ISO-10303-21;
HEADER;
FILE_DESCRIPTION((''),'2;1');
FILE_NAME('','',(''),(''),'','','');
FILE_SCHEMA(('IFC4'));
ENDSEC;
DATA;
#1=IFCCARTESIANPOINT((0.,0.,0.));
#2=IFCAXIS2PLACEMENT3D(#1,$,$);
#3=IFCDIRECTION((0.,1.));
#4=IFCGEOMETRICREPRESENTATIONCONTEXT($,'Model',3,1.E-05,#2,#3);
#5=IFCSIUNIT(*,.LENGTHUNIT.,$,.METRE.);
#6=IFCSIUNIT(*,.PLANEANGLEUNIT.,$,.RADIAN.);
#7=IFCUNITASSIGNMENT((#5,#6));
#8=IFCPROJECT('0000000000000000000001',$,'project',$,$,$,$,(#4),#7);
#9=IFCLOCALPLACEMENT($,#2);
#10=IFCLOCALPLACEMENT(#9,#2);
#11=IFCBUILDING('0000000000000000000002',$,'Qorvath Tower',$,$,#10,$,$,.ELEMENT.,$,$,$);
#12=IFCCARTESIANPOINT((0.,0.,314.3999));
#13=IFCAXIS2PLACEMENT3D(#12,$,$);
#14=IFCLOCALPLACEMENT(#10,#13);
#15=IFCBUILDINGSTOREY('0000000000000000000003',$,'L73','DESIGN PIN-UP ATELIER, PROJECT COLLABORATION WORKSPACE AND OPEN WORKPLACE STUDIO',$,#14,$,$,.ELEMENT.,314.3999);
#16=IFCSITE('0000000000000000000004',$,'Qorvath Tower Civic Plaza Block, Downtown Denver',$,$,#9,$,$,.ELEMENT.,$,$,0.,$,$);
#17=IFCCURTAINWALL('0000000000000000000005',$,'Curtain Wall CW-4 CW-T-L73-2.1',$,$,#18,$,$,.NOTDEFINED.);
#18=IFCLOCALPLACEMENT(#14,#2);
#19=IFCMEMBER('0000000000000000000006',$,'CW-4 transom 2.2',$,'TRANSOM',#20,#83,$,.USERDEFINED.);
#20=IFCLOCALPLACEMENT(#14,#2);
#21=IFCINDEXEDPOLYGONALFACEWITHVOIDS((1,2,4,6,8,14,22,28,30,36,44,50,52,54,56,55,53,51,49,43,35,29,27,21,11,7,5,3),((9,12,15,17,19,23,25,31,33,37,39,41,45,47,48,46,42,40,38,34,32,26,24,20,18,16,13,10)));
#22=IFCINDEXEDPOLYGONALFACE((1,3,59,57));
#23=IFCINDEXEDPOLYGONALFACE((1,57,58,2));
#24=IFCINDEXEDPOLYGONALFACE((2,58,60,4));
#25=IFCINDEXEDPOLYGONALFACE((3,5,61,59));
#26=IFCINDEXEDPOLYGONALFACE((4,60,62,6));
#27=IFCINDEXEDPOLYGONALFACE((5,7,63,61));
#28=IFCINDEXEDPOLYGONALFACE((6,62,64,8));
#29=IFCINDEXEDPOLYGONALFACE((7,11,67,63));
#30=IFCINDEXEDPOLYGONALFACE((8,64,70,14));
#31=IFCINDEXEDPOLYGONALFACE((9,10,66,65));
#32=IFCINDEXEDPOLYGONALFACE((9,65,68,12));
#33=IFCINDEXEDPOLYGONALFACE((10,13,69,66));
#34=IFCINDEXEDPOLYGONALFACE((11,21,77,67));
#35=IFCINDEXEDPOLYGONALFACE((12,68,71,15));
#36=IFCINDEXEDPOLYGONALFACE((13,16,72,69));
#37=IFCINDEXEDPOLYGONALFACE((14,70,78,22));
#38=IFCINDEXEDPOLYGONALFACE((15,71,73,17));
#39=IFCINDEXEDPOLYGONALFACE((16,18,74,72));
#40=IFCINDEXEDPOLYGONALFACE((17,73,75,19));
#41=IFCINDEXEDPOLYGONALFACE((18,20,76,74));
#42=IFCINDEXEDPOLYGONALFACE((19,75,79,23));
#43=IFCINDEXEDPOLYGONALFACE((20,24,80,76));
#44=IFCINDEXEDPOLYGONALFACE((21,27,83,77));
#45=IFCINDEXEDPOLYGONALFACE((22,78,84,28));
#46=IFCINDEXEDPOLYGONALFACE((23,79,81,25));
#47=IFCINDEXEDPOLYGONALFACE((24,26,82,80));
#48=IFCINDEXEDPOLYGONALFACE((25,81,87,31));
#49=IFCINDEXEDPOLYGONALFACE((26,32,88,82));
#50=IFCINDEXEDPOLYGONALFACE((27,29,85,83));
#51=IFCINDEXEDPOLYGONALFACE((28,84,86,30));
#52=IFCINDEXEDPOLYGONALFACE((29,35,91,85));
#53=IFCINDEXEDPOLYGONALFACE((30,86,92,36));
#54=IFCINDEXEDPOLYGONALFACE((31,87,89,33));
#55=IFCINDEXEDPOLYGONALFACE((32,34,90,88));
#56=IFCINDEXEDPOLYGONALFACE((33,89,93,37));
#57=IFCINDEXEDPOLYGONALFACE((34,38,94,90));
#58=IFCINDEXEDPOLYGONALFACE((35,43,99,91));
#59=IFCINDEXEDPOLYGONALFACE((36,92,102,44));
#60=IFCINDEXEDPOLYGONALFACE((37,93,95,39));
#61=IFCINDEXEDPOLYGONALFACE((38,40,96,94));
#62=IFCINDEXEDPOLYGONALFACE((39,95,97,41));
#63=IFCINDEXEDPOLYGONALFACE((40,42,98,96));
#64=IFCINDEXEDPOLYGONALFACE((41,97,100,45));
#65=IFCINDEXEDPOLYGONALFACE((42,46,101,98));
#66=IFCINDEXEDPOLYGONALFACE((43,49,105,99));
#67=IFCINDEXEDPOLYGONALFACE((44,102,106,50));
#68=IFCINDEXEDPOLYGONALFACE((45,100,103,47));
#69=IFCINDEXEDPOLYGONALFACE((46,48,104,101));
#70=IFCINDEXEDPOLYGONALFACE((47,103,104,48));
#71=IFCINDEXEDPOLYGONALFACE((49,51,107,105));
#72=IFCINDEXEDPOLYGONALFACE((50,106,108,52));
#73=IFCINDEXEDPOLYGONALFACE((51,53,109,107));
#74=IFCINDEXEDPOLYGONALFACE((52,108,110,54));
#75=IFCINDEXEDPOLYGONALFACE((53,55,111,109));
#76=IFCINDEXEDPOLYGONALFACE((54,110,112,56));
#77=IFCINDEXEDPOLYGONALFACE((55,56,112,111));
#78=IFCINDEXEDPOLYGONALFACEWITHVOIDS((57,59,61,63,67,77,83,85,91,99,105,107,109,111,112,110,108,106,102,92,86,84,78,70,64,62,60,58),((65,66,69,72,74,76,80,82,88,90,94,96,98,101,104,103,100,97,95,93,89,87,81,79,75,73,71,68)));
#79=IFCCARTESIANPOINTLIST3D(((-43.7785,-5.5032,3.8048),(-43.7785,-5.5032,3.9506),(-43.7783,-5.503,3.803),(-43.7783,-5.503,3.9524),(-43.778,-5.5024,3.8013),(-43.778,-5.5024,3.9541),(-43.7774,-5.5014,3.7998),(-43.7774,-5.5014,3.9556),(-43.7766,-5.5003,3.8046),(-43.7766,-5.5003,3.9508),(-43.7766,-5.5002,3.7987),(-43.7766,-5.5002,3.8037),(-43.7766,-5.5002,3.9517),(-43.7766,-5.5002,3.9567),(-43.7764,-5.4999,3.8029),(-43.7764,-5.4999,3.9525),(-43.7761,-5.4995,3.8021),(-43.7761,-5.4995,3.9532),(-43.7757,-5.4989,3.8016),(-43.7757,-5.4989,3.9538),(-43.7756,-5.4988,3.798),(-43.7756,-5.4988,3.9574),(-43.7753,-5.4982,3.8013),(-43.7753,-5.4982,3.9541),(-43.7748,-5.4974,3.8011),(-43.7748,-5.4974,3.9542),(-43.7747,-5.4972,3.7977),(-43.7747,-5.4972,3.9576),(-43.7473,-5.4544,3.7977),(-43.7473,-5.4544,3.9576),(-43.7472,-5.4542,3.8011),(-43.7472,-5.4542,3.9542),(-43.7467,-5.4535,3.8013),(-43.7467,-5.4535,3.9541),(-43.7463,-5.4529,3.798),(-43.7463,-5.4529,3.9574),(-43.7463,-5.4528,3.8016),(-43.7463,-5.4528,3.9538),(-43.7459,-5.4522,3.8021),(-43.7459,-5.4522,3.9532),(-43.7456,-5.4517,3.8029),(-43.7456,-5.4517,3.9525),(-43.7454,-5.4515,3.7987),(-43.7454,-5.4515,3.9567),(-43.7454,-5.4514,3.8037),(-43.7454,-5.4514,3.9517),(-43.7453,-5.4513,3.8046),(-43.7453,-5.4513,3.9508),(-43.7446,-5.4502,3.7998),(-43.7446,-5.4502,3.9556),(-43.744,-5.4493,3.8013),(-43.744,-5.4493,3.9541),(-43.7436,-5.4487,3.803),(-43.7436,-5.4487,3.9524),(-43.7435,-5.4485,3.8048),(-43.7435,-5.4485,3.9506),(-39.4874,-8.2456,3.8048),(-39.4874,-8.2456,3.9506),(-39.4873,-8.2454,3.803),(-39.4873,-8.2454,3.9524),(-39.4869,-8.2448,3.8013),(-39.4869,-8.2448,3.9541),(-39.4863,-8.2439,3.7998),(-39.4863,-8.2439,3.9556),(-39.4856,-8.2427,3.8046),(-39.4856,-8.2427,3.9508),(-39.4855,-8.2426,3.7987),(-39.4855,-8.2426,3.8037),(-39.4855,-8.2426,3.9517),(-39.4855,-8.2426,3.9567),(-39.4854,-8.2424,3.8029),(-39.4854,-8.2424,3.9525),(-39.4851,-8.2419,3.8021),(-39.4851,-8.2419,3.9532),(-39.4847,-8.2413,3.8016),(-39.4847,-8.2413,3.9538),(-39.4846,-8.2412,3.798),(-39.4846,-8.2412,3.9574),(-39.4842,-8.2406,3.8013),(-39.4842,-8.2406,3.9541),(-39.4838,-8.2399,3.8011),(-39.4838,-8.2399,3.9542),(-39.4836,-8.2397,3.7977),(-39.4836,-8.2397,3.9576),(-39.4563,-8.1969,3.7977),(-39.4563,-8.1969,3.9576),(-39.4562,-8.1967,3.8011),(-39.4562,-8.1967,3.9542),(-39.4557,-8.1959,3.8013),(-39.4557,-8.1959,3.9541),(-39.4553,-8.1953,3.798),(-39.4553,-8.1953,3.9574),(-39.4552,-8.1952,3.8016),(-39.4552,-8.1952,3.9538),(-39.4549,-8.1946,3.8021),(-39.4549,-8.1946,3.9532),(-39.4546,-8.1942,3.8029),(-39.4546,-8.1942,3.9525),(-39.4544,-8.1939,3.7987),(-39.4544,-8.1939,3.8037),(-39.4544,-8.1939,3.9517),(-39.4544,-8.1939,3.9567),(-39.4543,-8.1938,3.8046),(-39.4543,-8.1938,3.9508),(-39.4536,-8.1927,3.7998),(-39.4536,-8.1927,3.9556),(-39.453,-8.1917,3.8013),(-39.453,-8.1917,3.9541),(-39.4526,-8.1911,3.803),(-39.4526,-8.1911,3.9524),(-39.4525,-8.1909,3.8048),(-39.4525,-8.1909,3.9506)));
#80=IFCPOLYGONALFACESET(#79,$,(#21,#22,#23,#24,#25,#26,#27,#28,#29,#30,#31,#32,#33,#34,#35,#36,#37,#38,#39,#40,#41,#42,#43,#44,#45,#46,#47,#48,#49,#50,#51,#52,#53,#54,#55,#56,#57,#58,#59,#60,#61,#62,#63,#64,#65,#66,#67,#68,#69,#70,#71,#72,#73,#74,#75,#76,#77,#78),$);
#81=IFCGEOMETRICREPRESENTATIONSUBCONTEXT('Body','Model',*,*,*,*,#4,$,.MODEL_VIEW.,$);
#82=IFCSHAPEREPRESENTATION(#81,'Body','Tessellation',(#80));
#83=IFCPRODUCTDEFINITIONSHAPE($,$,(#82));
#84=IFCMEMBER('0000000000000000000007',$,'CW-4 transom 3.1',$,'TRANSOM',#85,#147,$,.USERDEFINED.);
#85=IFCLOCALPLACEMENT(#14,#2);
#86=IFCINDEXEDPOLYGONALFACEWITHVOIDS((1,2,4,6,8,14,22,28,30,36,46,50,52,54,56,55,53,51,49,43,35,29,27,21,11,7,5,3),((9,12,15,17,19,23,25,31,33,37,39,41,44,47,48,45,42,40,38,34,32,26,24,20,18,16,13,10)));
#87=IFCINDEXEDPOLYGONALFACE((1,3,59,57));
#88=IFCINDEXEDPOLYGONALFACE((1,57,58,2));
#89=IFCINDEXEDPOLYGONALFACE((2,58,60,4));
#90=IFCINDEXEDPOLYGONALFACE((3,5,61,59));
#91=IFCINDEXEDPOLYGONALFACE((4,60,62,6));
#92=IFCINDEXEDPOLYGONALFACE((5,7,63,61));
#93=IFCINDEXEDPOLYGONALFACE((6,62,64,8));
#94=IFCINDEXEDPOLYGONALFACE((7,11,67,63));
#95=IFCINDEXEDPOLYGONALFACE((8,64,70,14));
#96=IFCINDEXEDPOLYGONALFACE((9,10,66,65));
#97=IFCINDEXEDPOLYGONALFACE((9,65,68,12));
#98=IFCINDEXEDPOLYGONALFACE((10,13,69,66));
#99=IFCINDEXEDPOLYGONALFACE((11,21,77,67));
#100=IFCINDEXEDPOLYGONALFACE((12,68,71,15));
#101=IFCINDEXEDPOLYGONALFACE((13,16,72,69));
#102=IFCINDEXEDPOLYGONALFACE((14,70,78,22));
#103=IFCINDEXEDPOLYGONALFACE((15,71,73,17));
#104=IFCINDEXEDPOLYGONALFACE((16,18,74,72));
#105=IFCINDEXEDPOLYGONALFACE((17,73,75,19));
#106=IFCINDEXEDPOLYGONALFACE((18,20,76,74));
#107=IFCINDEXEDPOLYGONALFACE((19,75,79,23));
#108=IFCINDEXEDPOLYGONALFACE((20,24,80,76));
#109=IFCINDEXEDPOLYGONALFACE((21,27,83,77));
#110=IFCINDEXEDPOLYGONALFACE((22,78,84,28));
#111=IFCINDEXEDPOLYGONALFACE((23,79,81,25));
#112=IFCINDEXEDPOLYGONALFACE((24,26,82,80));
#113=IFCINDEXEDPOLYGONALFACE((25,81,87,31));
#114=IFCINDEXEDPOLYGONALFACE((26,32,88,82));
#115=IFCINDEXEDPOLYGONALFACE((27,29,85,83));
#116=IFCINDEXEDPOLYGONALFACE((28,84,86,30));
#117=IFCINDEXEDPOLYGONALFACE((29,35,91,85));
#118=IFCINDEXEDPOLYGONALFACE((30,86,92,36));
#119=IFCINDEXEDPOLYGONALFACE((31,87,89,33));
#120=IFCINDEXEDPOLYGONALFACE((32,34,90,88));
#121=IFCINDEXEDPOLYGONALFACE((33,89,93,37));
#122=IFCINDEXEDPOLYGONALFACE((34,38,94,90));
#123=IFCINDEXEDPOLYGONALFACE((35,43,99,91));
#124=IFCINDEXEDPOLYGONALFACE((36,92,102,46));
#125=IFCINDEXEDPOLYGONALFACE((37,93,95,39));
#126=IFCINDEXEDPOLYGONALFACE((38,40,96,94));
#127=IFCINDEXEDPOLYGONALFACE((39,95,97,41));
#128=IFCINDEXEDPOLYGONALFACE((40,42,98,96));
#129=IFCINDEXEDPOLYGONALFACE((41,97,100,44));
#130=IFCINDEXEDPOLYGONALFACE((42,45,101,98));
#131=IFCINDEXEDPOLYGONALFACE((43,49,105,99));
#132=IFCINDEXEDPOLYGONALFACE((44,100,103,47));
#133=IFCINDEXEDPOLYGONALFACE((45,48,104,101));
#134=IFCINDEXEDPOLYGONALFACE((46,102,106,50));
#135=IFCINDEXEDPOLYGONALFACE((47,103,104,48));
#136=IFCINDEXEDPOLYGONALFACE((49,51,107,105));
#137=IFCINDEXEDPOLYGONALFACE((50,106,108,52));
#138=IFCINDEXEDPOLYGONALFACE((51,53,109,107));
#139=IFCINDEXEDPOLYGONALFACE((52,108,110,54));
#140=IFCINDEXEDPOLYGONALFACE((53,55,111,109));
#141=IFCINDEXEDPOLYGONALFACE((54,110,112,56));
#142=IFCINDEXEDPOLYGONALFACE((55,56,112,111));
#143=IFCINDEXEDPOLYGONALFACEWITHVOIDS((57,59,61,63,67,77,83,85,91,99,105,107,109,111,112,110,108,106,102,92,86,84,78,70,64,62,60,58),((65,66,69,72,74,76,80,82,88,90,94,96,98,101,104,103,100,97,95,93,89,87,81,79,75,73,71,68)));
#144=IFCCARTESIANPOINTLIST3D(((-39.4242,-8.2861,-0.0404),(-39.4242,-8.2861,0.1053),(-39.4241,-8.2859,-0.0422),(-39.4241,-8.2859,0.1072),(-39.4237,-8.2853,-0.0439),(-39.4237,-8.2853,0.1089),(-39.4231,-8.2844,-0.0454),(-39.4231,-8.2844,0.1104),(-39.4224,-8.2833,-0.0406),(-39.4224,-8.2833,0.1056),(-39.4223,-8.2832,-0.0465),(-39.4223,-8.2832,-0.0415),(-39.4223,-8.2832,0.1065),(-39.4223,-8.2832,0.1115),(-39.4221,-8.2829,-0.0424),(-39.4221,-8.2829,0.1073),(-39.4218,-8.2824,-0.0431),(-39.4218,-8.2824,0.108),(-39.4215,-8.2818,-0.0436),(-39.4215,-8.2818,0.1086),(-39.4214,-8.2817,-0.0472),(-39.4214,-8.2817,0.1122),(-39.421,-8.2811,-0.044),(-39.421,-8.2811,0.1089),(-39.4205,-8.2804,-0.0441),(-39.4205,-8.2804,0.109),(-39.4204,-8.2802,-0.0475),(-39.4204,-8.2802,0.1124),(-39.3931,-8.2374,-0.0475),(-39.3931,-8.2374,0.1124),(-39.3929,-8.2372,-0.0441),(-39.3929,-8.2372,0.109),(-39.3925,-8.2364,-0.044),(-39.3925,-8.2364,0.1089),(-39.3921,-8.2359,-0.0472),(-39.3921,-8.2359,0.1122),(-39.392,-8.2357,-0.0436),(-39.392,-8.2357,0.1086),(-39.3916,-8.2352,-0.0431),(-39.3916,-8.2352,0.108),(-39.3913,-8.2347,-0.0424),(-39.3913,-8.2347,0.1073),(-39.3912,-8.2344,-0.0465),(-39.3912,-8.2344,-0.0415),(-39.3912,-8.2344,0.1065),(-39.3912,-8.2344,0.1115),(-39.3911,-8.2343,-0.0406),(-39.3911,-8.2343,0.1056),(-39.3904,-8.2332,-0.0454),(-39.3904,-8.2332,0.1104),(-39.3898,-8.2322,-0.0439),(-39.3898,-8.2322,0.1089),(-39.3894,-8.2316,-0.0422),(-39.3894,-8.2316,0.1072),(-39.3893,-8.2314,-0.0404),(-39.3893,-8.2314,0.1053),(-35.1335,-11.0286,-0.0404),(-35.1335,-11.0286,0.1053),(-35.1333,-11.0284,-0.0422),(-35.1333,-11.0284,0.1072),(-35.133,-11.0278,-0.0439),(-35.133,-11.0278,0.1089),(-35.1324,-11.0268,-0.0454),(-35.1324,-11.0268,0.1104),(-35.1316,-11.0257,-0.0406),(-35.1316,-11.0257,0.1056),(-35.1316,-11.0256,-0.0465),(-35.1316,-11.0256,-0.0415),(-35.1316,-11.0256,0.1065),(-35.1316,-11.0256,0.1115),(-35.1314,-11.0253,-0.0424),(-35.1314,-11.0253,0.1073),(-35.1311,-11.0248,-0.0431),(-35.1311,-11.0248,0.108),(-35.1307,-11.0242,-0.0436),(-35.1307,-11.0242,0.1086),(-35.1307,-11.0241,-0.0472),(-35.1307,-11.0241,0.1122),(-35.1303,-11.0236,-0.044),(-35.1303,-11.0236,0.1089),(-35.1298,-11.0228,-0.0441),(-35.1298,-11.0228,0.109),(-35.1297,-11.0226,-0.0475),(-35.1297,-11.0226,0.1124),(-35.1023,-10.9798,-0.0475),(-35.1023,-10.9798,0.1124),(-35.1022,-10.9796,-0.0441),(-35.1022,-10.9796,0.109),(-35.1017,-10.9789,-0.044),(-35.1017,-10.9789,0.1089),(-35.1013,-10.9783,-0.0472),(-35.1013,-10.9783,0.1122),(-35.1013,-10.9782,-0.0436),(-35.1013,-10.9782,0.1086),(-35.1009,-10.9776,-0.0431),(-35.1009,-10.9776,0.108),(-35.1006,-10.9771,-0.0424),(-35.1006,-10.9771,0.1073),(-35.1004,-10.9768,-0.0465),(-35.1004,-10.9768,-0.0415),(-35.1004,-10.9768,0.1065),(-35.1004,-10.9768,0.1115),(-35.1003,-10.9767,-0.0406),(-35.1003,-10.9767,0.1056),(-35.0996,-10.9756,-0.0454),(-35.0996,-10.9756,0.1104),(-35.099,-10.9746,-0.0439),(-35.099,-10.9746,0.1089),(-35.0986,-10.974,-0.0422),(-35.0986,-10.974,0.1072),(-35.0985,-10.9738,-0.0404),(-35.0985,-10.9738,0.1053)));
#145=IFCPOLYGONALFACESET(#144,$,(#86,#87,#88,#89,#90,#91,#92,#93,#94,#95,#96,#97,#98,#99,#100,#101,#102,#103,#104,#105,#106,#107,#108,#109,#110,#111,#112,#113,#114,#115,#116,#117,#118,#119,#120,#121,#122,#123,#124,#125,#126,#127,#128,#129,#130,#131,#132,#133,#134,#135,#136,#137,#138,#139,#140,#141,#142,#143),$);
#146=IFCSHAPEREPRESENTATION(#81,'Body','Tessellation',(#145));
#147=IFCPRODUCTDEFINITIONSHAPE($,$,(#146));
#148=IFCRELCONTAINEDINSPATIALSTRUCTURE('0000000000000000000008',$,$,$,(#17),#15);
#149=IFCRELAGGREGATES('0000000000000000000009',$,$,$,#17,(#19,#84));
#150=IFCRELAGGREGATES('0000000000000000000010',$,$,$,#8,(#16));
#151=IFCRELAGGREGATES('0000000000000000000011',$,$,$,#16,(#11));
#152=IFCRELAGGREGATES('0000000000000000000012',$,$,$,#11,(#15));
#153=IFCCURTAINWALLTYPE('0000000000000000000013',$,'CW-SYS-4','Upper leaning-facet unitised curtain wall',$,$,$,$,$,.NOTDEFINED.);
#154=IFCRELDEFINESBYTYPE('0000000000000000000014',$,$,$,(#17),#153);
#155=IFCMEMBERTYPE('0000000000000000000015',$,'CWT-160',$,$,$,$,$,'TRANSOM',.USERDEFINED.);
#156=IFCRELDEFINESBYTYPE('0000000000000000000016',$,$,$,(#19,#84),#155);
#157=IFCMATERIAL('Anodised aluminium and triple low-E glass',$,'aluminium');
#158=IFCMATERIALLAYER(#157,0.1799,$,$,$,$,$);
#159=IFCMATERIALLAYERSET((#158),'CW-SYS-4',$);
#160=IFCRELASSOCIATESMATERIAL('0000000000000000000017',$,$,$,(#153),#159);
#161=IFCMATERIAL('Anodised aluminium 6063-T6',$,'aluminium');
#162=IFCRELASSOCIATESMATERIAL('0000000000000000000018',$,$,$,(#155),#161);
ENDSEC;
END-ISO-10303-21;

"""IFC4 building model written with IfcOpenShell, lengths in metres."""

from ifc_helpers import new_model, si_unit, direction, frame, origin, origin_2d, place, context, subcontext, project, spatial, hollow_rectangle, extrude, material, layer, layer_set, material_profile, profile_set, type_object, element, aggregate, save


model = new_model("IFC4")

# Units and contexts
model_context = context("Model", 3, precision=1e-05, world=origin(), true_north=direction((0.0, 1.0)))
body_context = subcontext(model_context, "Body", "Model", "MODEL_VIEW")
ifc_project = project(units=[si_unit("LENGTHUNIT", "METRE"), si_unit("PLANEANGLEUNIT", "RADIAN")], contexts=[model_context])

# Site, building, storey
site_placement = place(None, origin())
site = spatial("IfcSite", under=ifc_project, at=site_placement, Name="Qorvath Tower Civic Plaza Block, Downtown Denver", CompositionType="ELEMENT", RefElevation=0.0)
building_placement = place(site_placement, origin())
building = spatial("IfcBuilding", under=site, at=building_placement, Name="Qorvath Tower", CompositionType="ELEMENT")
storey_placement = place(building_placement, frame((0.0, 0.0, 314.3999)))
storey = spatial("IfcBuildingStorey", under=building, at=storey_placement, Name="L73", Description="DESIGN PIN-UP ATELIER, PROJECT COLLABORATION WORKSPACE AND OPEN WORKPLACE STUDIO", CompositionType="ELEMENT", Elevation=314.3999)

# Curtain wall, members
ifc_material_1 = material(Name="Anodised aluminium and triple low-E glass", Category="aluminium")
ifc_layer_1 = layer(ifc_material_1, 0.1799)
ifc_layer_set_1 = layer_set([ifc_layer_1], Name="CW-SYS-4")
curtain_wall_type = type_object("IfcCurtainWallType", Name="CW-SYS-4", Description="Upper leaning-facet unitised curtain wall", PredefinedType="NOTDEFINED", material=ifc_layer_set_1)
curtain_wall_placement = place(storey_placement, origin())
curtain_wall = element("IfcCurtainWall", 1, at=curtain_wall_placement, inside=storey, type_object=curtain_wall_type, Name="Curtain Wall CW-4 CW-T-L73-2.1", PredefinedType="NOTDEFINED")
ifc_material_2 = material(Name="Anodised aluminium 6063-T6", Category="aluminium")
ifc_material_profile_1 = material_profile(ifc_material_2, hollow_rectangle(XDim=0.0649, YDim=0.1599, WallThickness=0.0034, InnerFilletRadius=0.0034, OuterFilletRadius=0.0071, at=origin_2d()), Name="CWT 160x65")
ifc_profile_set_1 = profile_set([ifc_material_profile_1], Name="Anodised aluminium 6063-T6")
member_type_1 = type_object("IfcMemberType", Name="CWT-160", ElementType="TRANSOM", PredefinedType="USERDEFINED", material=ifc_profile_set_1)
member_1_placement = place(storey_placement, frame((-43.761, -5.4758, 3.8777), z_axis=(0.842612, -0.538522, 0.0), x_axis=(0.538522, 0.842612, 0.0)))
member_1 = element("IfcMember", 2, at=member_1_placement, type_object=member_type_1, Name="CW-4 transom 2.2", ObjectType="TRANSOM", PredefinedType="USERDEFINED", context=body_context, shape_type="SweptSolid", body=[
    extrude(hollow_rectangle(XDim=0.0649, YDim=0.1599, WallThickness=0.0034, InnerFilletRadius=0.0034, OuterFilletRadius=0.0071, at=origin_2d()), origin(), (0.0, 0.0, 1.0), 5.0925),
])
member_2_placement = place(storey_placement, frame((-39.4067, -8.2588, 0.0325), z_axis=(0.842598, -0.538543, 0.0), x_axis=(0.538543, 0.842598, 0.0)))
member_2 = element("IfcMember", 3, at=member_2_placement, type_object=member_type_1, Name="CW-4 transom 3.1", ObjectType="TRANSOM", PredefinedType="USERDEFINED", context=body_context, shape_type="SweptSolid", body=[
    extrude(hollow_rectangle(XDim=0.0649, YDim=0.1599, WallThickness=0.0034, InnerFilletRadius=0.0034, OuterFilletRadius=0.0071, at=origin_2d()), origin(), (0.0, 0.0, 1.0), 5.0923),
])

aggregate(curtain_wall, [member_1, member_2])

save(model, "model.ifc")
